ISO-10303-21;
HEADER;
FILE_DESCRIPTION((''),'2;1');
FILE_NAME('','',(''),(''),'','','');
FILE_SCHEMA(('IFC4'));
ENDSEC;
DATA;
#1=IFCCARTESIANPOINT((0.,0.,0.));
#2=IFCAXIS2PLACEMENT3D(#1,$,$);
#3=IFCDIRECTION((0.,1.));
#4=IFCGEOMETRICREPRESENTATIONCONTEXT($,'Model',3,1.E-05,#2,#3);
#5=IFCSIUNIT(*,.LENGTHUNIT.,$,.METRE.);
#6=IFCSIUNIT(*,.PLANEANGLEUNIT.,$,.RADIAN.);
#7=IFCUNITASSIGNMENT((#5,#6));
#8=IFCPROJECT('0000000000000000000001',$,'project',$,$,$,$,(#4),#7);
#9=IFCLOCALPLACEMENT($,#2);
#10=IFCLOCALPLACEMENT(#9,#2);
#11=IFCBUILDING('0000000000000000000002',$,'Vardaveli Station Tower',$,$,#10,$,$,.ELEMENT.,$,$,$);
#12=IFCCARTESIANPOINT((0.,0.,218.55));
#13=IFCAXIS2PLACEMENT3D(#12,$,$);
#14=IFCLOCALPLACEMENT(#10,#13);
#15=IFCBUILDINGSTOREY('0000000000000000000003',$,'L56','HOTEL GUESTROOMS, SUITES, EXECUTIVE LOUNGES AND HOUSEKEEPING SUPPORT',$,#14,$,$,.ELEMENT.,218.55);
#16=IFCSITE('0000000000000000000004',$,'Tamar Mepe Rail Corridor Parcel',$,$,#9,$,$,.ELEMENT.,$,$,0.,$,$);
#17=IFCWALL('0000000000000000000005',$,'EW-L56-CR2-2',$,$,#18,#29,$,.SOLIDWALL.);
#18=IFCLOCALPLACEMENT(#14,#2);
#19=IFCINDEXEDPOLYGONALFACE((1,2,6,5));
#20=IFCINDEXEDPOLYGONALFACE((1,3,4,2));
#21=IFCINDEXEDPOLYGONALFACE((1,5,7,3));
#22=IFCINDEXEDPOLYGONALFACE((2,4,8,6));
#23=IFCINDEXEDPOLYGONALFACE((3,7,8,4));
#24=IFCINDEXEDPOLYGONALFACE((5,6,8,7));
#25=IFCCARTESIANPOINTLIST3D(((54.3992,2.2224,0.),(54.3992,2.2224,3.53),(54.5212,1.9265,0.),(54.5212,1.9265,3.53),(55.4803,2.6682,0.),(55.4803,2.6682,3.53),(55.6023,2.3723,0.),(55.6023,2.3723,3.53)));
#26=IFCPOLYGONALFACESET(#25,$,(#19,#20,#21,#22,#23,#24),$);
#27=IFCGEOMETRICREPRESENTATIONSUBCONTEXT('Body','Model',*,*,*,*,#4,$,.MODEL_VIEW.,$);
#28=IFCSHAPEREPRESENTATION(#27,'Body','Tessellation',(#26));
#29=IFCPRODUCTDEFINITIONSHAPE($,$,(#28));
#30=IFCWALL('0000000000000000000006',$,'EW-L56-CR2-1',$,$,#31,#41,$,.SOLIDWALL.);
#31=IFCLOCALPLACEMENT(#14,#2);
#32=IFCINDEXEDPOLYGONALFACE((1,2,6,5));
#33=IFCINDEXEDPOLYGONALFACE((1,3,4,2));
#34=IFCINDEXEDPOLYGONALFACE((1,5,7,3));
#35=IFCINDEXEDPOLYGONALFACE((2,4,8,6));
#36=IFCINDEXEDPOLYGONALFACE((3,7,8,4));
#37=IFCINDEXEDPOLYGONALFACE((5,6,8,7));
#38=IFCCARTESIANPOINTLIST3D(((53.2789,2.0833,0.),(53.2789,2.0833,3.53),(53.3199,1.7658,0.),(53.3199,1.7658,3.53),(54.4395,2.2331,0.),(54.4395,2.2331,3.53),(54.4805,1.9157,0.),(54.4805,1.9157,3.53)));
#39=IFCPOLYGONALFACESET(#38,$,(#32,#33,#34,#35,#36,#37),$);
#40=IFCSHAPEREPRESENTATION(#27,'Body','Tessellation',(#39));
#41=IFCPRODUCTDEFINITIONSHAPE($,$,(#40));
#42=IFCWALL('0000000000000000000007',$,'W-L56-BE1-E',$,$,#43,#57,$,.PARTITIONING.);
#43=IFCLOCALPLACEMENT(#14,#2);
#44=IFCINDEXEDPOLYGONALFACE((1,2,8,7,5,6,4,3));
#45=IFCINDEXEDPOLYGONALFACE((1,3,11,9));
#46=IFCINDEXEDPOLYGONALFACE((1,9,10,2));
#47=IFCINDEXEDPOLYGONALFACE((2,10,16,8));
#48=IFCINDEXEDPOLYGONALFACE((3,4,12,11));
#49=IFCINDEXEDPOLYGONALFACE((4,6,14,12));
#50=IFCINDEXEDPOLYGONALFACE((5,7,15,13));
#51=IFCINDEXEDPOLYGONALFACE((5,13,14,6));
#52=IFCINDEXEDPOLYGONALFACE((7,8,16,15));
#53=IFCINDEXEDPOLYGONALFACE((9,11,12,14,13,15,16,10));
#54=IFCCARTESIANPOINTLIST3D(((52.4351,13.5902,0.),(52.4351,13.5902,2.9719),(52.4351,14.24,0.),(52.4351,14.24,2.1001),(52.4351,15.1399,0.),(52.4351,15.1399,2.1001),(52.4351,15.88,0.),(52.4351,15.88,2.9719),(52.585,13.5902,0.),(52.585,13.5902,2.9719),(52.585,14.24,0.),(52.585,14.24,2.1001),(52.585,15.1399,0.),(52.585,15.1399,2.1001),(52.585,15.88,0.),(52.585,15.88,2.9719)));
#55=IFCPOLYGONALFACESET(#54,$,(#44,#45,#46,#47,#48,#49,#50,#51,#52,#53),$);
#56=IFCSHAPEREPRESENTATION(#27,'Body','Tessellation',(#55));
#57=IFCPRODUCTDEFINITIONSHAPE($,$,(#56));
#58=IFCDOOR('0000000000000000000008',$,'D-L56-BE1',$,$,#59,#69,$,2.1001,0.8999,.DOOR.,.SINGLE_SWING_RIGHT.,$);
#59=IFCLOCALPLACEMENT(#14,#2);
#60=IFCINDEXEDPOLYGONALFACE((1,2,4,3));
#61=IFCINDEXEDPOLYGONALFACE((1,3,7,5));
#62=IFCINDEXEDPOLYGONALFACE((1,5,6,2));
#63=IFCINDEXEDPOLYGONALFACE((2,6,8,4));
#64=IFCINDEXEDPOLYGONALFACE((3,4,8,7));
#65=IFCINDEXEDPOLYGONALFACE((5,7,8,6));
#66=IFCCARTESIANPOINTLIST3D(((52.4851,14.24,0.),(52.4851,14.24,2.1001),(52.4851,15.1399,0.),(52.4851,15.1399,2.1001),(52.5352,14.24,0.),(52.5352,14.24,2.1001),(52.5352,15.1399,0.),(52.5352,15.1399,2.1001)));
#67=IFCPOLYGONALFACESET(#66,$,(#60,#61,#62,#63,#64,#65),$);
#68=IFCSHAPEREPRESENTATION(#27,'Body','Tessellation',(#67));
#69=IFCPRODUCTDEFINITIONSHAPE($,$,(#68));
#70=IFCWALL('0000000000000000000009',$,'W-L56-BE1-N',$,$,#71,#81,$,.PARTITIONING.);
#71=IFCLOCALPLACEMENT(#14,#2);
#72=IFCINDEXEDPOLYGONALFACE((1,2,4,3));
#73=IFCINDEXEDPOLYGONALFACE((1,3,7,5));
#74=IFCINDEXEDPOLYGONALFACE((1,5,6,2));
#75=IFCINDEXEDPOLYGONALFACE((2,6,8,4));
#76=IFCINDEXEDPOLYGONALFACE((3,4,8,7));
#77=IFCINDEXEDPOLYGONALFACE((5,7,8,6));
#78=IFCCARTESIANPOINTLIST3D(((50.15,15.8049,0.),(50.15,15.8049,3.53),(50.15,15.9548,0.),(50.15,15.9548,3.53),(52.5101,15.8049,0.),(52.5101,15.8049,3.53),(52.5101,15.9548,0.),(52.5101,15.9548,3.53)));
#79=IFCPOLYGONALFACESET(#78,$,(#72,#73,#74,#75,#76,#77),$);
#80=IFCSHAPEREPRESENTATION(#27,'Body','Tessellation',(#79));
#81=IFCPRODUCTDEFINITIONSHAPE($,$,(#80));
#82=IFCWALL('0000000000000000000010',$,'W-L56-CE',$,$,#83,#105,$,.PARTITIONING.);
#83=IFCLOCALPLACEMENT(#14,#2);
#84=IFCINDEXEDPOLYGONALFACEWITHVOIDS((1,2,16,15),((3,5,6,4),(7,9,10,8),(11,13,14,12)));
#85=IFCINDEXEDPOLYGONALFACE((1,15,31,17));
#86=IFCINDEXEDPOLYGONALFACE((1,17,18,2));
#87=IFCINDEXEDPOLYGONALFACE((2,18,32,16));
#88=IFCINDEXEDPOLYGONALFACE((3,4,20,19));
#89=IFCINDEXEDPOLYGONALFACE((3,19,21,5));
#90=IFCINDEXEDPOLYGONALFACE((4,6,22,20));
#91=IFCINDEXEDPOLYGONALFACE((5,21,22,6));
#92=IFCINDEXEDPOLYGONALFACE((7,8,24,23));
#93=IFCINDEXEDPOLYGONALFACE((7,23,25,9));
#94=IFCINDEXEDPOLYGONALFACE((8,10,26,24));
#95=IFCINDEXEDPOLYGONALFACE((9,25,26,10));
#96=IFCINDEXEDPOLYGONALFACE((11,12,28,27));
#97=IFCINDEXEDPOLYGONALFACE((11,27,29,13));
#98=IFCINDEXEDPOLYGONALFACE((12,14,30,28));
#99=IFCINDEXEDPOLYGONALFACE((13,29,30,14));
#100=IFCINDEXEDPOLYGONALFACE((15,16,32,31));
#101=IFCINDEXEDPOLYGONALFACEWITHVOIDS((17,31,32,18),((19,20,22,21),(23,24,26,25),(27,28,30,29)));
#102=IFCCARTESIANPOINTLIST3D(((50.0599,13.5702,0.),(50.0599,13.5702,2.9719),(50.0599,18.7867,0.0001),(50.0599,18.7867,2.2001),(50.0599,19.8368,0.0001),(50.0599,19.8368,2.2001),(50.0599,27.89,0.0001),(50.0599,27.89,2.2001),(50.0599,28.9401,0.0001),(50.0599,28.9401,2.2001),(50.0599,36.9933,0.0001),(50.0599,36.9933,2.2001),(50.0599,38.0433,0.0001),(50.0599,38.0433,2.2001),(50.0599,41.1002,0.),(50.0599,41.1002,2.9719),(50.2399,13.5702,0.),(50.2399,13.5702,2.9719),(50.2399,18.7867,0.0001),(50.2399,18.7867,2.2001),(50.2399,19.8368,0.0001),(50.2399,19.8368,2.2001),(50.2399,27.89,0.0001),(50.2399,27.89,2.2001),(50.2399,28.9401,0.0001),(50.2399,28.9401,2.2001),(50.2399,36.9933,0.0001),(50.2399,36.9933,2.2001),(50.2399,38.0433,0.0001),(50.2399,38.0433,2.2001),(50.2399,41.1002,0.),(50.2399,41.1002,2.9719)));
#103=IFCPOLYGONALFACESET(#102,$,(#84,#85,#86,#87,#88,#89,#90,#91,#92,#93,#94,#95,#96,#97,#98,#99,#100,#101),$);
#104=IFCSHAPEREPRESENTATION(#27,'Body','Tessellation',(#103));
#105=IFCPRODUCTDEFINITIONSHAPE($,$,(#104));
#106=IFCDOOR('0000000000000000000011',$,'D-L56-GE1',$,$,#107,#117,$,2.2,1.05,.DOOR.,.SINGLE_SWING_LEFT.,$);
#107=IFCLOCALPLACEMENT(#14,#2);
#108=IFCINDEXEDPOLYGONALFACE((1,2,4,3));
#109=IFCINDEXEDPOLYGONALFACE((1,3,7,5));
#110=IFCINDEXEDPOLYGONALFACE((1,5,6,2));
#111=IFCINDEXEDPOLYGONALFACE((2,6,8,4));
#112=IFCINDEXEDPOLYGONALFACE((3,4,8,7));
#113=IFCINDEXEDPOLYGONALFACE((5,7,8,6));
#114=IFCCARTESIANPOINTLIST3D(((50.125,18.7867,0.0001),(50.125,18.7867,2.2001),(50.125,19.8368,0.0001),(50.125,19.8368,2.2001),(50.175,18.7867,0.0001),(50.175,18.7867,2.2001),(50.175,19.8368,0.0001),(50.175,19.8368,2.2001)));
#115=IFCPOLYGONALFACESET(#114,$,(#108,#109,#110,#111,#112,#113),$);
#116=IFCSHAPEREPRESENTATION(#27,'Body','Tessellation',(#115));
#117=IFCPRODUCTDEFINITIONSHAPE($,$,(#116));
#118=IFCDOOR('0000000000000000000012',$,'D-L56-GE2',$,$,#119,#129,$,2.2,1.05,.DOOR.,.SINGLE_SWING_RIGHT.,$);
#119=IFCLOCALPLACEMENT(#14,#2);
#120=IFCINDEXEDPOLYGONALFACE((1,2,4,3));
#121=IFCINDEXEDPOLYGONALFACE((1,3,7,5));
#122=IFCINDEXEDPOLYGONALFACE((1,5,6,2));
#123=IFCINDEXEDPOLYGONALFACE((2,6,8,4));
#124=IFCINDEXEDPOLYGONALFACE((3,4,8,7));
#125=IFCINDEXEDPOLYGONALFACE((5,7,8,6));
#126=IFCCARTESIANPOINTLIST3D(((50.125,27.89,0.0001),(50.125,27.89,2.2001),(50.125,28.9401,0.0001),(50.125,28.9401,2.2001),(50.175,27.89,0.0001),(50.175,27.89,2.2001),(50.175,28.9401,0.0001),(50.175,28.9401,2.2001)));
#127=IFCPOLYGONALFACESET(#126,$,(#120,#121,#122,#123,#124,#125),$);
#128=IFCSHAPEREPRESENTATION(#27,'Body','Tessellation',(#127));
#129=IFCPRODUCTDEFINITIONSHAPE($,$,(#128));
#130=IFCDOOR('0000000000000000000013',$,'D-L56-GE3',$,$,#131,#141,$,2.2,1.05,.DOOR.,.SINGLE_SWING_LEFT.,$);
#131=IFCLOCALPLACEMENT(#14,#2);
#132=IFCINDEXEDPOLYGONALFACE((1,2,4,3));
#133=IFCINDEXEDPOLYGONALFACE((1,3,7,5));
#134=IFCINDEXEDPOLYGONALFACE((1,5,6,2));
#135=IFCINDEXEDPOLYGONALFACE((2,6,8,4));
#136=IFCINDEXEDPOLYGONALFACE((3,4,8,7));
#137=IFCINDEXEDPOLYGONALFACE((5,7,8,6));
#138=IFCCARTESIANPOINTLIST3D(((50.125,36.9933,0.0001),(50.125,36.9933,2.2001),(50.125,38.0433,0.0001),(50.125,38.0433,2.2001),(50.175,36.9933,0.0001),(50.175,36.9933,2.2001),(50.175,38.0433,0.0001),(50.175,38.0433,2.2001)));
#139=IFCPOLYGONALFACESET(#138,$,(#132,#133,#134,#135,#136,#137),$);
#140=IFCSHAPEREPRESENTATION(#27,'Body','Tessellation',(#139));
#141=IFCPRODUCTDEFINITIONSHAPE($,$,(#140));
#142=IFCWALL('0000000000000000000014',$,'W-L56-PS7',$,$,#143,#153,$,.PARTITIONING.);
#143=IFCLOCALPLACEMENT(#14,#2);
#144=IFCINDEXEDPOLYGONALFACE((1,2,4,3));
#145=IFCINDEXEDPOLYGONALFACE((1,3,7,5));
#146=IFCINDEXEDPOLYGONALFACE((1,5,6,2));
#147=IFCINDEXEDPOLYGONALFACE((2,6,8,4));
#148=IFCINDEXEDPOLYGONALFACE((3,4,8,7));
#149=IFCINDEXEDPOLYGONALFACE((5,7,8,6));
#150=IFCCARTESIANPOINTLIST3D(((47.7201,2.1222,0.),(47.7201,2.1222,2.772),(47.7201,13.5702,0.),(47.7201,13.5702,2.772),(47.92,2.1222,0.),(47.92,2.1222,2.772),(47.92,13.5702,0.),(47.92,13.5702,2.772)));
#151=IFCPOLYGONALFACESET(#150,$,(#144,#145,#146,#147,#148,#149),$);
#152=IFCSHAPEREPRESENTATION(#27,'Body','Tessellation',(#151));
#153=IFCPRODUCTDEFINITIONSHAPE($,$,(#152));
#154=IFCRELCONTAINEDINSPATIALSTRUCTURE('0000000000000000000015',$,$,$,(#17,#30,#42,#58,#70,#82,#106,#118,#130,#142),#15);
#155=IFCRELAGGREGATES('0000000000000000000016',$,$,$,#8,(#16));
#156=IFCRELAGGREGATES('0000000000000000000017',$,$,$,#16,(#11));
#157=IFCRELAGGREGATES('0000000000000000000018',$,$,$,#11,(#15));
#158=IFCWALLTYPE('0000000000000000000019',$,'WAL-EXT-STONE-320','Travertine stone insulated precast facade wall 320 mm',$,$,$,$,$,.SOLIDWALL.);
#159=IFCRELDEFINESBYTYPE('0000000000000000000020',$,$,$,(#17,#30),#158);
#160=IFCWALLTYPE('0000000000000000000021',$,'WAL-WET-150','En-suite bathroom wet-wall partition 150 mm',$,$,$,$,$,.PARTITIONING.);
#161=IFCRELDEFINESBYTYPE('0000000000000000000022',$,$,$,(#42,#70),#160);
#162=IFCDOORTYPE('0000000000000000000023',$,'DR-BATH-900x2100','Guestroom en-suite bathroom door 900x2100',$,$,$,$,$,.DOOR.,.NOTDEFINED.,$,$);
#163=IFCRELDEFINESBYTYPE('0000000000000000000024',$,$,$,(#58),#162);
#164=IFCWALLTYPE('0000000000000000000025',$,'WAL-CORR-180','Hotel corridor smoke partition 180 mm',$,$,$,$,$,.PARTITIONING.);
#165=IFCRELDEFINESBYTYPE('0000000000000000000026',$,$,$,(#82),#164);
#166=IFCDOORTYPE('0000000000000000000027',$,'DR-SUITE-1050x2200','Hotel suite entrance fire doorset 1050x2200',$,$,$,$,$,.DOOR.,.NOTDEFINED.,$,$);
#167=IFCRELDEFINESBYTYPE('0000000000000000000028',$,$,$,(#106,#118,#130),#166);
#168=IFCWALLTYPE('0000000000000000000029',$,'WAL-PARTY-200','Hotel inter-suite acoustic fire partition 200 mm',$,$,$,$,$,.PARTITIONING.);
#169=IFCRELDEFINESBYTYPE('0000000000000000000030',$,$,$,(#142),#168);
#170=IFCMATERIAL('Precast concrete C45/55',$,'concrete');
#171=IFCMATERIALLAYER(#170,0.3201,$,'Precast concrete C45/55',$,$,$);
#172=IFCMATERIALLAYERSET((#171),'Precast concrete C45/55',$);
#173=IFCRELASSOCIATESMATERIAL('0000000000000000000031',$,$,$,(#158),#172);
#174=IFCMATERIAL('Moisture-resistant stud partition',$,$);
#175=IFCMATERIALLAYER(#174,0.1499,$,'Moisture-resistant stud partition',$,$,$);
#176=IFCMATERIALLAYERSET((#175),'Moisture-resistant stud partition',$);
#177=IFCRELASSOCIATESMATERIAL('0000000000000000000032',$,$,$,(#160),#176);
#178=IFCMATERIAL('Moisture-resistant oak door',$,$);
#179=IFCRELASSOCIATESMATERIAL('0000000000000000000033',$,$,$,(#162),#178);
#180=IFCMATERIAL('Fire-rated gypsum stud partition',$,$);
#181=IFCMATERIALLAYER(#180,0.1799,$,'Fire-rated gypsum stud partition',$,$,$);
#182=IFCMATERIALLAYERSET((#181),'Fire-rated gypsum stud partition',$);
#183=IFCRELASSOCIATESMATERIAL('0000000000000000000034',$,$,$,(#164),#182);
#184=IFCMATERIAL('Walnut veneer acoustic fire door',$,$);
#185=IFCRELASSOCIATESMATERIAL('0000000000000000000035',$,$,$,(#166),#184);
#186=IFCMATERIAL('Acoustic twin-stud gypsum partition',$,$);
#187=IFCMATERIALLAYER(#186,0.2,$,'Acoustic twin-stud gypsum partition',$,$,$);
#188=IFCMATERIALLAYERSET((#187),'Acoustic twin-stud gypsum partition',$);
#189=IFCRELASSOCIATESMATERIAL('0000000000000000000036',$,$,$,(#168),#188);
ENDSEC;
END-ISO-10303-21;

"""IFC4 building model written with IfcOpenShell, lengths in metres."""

from ifc_helpers import new_model, si_unit, direction, frame, frame_2d, origin, place, context, subcontext, project, spatial, rectangle, extrude, source, transform, mapped, material, layer, layer_set, type_object, element, fill, save


model = new_model("IFC4")

# Units and contexts
model_context = context("Model", 3, precision=1e-05, world=origin(), true_north=direction((0.0, 1.0)))
body_context = subcontext(model_context, "Body", "Model", "MODEL_VIEW")
ifc_project = project(units=[si_unit("LENGTHUNIT", "METRE"), si_unit("PLANEANGLEUNIT", "RADIAN")], contexts=[model_context])

# Site, building, storey
site_placement = place(None, origin())
site = spatial("IfcSite", under=ifc_project, at=site_placement, Name="Tamar Mepe Rail Corridor Parcel", CompositionType="ELEMENT", RefElevation=0.0)
building_placement = place(site_placement, origin())
building = spatial("IfcBuilding", under=site, at=building_placement, Name="Vardaveli Station Tower", CompositionType="ELEMENT")
storey_placement = place(building_placement, frame((0.0, 0.0, 218.55)))
storey = spatial("IfcBuildingStorey", under=building, at=storey_placement, Name="L56", Description="HOTEL GUESTROOMS, SUITES, EXECUTIVE LOUNGES AND HOUSEKEEPING SUPPORT", CompositionType="ELEMENT", Elevation=218.55)

# Shared definitions
ifc_material_1 = material(Name="Precast concrete C45/55", Category="concrete")

# Shared definitions
ifc_layer_1 = layer(ifc_material_1, 0.3201, Name="Precast concrete C45/55")
ifc_layer_set_1 = layer_set([ifc_layer_1], Name="Precast concrete C45/55")
wall_type_1 = type_object("IfcWallType", Name="WAL-EXT-STONE-320", Description="Travertine stone insulated precast facade wall 320 mm", PredefinedType="SOLIDWALL", material=ifc_layer_set_1)

# Walls
shared_shape_1 = source(origin(), body_context, "Body", "SweptSolid", [
    extrude(rectangle(XDim=1.1694, YDim=0.3201, at=frame_2d((0.5847, 0.0))), origin(), (0.0, 0.0, 1.0), 3.53),
])
wall_1_placement = place(storey_placement, frame((54.4602, 2.0745, 0.0), z_axis=(0.0, 0.0, 1.0), x_axis=(0.924479, 0.381233, 0.0)))
element("IfcWall", 1, at=wall_1_placement, inside=storey, type_object=wall_type_1, Name="EW-L56-CR2-2", PredefinedType="SOLIDWALL", context=body_context, shape_type="MappedRepresentation", body=[
    mapped(shared_shape_1, transform((0.0, 0.0, 0.0), scale=1.0)),
])
shared_shape_2 = source(origin(), body_context, "Body", "SweptSolid", [
    extrude(rectangle(XDim=1.1702, YDim=0.3201, at=frame_2d((0.585, 0.0))), origin(), (0.0, 0.0, 1.0), 3.53),
])
wall_2_placement = place(storey_placement, frame((53.2996, 1.9246, 0.0), z_axis=(0.0, 0.0, 1.0), x_axis=(0.991762, 0.12809, 0.0)))
element("IfcWall", 2, at=wall_2_placement, inside=storey, type_object=wall_type_1, Name="EW-L56-CR2-1", PredefinedType="SOLIDWALL", context=body_context, shape_type="MappedRepresentation", body=[
    mapped(shared_shape_2, transform((0.0, 0.0, 0.0), scale=1.0)),
])

# Wall, opening, door
ifc_material_2 = material(Name="Moisture-resistant stud partition")
ifc_layer_2 = layer(ifc_material_2, 0.1499, Name="Moisture-resistant stud partition")
ifc_layer_set_2 = layer_set([ifc_layer_2], Name="Moisture-resistant stud partition")
wall_type_2 = type_object("IfcWallType", Name="WAL-WET-150", Description="En-suite bathroom wet-wall partition 150 mm", PredefinedType="PARTITIONING", material=ifc_layer_set_2)
shared_shape_3 = source(origin(), body_context, "Body", "SweptSolid", [
    extrude(rectangle(XDim=2.2898, YDim=0.1499, at=frame_2d((1.145, 0.0))), origin(), (0.0, 0.0, 1.0), 2.9719),
])
wall_3_placement = place(storey_placement, frame((52.51, 13.5901, 0.0), z_axis=(0.0, 0.0, 1.0), x_axis=(0.0, 1.0, 0.0)))
wall_3 = element("IfcWall", 3, at=wall_3_placement, inside=storey, type_object=wall_type_2, Name="W-L56-BE1-E", PredefinedType="PARTITIONING", context=body_context, shape_type="MappedRepresentation", body=[
    mapped(shared_shape_3, transform((0.0, 0.0, 0.0), scale=1.0)),
])
shared_shape_4 = source(origin(), body_context, "Body", "SweptSolid", [
    extrude(rectangle(XDim=0.8999, YDim=2.1001, at=frame_2d((0.45, 1.05))), frame((0.0, 0.085, 0.0), z_axis=(0.0, -1.0, 0.0), x_axis=(1.0, 0.0, 0.0)), (0.0, 0.0, 1.0), 0.1699),
])
opening_1_placement = place(wall_3_placement, frame((0.6499, 0.0, 0.0)))
opening_1 = element("IfcOpeningElement", 4, at=opening_1_placement, cuts=wall_3, PredefinedType="OPENING", context=body_context, shape_type="MappedRepresentation", body=[
    mapped(shared_shape_4, transform((0.0, 0.0, 0.0), scale=1.0)),
])
ifc_material_3 = material(Name="Moisture-resistant oak door")
door_type_1 = type_object("IfcDoorType", Name="DR-BATH-900x2100", Description="Guestroom en-suite bathroom door 900x2100", OperationType="NOTDEFINED", PredefinedType="DOOR", material=ifc_material_3)
shared_shape_5 = source(origin(), body_context, "Body", "SweptSolid", [
    extrude(rectangle(XDim=0.8999, YDim=2.1001, at=frame_2d((0.45, 1.05))), frame((0.0, 0.0249, 0.0), z_axis=(0.0, -1.0, 0.0), x_axis=(1.0, 0.0, 0.0)), (0.0, 0.0, 1.0), 0.05),
])
door_1_placement = place(opening_1_placement, origin())
door_1 = element("IfcDoor", 5, at=door_1_placement, inside=storey, type_object=door_type_1, Name="D-L56-BE1", OperationType="SINGLE_SWING_RIGHT", OverallHeight=2.1001, OverallWidth=0.8999, PredefinedType="DOOR", context=body_context, shape_type="MappedRepresentation", body=[
    mapped(shared_shape_5, transform((0.0, 0.0, 0.0), scale=1.0)),
])
fill(opening_1, door_1)

# Wall
shared_shape_6 = source(origin(), body_context, "Body", "SweptSolid", [
    extrude(rectangle(XDim=2.3601, YDim=0.1499, at=frame_2d((1.1802, 0.0))), origin(), (0.0, 0.0, 1.0), 3.53),
])
wall_4_placement = place(storey_placement, frame((50.1499, 15.8799, 0.0), z_axis=(0.0, 0.0, 1.0), x_axis=(1.0, 0.0, 0.0)))
element("IfcWall", 6, at=wall_4_placement, inside=storey, type_object=wall_type_2, Name="W-L56-BE1-N", PredefinedType="PARTITIONING", context=body_context, shape_type="MappedRepresentation", body=[
    mapped(shared_shape_6, transform((0.0, 0.0, 0.0), scale=1.0)),
])

# Wall, openings, doors
ifc_material_4 = material(Name="Fire-rated gypsum stud partition")
ifc_layer_3 = layer(ifc_material_4, 0.1799, Name="Fire-rated gypsum stud partition")
ifc_layer_set_3 = layer_set([ifc_layer_3], Name="Fire-rated gypsum stud partition")
wall_type_3 = type_object("IfcWallType", Name="WAL-CORR-180", Description="Hotel corridor smoke partition 180 mm", PredefinedType="PARTITIONING", material=ifc_layer_set_3)
shared_shape_7 = source(origin(), body_context, "Body", "SweptSolid", [
    extrude(rectangle(XDim=27.53, YDim=0.1799, at=frame_2d((13.7651, 0.0))), origin(), (0.0, 0.0, 1.0), 2.9719),
])
wall_5_placement = place(storey_placement, frame((50.1499, 13.5701, 0.0), z_axis=(0.0, 0.0, 1.0), x_axis=(0.0, 1.0, 0.0)))
wall_5 = element("IfcWall", 7, at=wall_5_placement, inside=storey, type_object=wall_type_3, Name="W-L56-CE", PredefinedType="PARTITIONING", context=body_context, shape_type="MappedRepresentation", body=[
    mapped(shared_shape_7, transform((0.0, 0.0, 0.0), scale=1.0)),
])
shared_shape_8 = source(origin(), body_context, "Body", "SweptSolid", [
    extrude(rectangle(XDim=1.05, YDim=2.2, at=frame_2d((0.5249, 1.1001))), frame((0.0, 0.1001, 0.0), z_axis=(0.0, -1.0, 0.0), x_axis=(1.0, 0.0, 0.0)), (0.0, 0.0, 1.0), 0.2),
])
opening_2_placement = place(wall_5_placement, frame((5.2168, 0.0, 0.0)))
opening_2 = element("IfcOpeningElement", 8, at=opening_2_placement, cuts=wall_5, PredefinedType="OPENING", context=body_context, shape_type="MappedRepresentation", body=[
    mapped(shared_shape_8, transform((0.0, 0.0, 0.0), scale=1.0)),
])
opening_3_placement = place(wall_5_placement, frame((14.3201, 0.0, 0.0)))
opening_3 = element("IfcOpeningElement", 9, at=opening_3_placement, cuts=wall_5, PredefinedType="OPENING", context=body_context, shape_type="MappedRepresentation", body=[
    mapped(shared_shape_8, transform((0.0, 0.0, 0.0), scale=1.0)),
])
opening_4_placement = place(wall_5_placement, frame((23.4233, 0.0, 0.0)))
opening_4 = element("IfcOpeningElement", 10, at=opening_4_placement, cuts=wall_5, PredefinedType="OPENING", context=body_context, shape_type="MappedRepresentation", body=[
    mapped(shared_shape_8, transform((0.0, 0.0, 0.0), scale=1.0)),
])
ifc_material_5 = material(Name="Walnut veneer acoustic fire door")
door_type_2 = type_object("IfcDoorType", Name="DR-SUITE-1050x2200", Description="Hotel suite entrance fire doorset 1050x2200", OperationType="NOTDEFINED", PredefinedType="DOOR", material=ifc_material_5)
shared_shape_9 = source(origin(), body_context, "Body", "SweptSolid", [
    extrude(rectangle(XDim=1.05, YDim=2.2, at=frame_2d((0.5249, 1.1001))), frame((0.0, 0.0249, 0.0), z_axis=(0.0, -1.0, 0.0), x_axis=(1.0, 0.0, 0.0)), (0.0, 0.0, 1.0), 0.05),
])
door_2_placement = place(opening_2_placement, origin())
door_2 = element("IfcDoor", 11, at=door_2_placement, inside=storey, type_object=door_type_2, Name="D-L56-GE1", OperationType="SINGLE_SWING_LEFT", OverallHeight=2.2, OverallWidth=1.05, PredefinedType="DOOR", context=body_context, shape_type="MappedRepresentation", body=[
    mapped(shared_shape_9, transform((0.0, 0.0, 0.0), scale=1.0)),
])
fill(opening_2, door_2)
door_3_placement = place(opening_3_placement, origin())
door_3 = element("IfcDoor", 12, at=door_3_placement, inside=storey, type_object=door_type_2, Name="D-L56-GE2", OperationType="SINGLE_SWING_RIGHT", OverallHeight=2.2, OverallWidth=1.05, PredefinedType="DOOR", context=body_context, shape_type="MappedRepresentation", body=[
    mapped(shared_shape_9, transform((0.0, 0.0, 0.0), scale=1.0)),
])
fill(opening_3, door_3)
door_4_placement = place(opening_4_placement, origin())
door_4 = element("IfcDoor", 13, at=door_4_placement, inside=storey, type_object=door_type_2, Name="D-L56-GE3", OperationType="SINGLE_SWING_LEFT", OverallHeight=2.2, OverallWidth=1.05, PredefinedType="DOOR", context=body_context, shape_type="MappedRepresentation", body=[
    mapped(shared_shape_9, transform((0.0, 0.0, 0.0), scale=1.0)),
])
fill(opening_4, door_4)

# Wall
ifc_material_6 = material(Name="Acoustic twin-stud gypsum partition")
ifc_layer_4 = layer(ifc_material_6, 0.2, Name="Acoustic twin-stud gypsum partition")
ifc_layer_set_4 = layer_set([ifc_layer_4], Name="Acoustic twin-stud gypsum partition")
wall_type_4 = type_object("IfcWallType", Name="WAL-PARTY-200", Description="Hotel inter-suite acoustic fire partition 200 mm", PredefinedType="PARTITIONING", material=ifc_layer_set_4)
shared_shape_10 = source(origin(), body_context, "Body", "SweptSolid", [
    extrude(rectangle(XDim=11.448, YDim=0.2, at=frame_2d((5.7241, 0.0))), origin(), (0.0, 0.0, 1.0), 2.772),
])
wall_6_placement = place(storey_placement, frame((47.8201, 2.1221, 0.0), z_axis=(0.0, 0.0, 1.0), x_axis=(0.0, 1.0, 0.0)))
element("IfcWall", 14, at=wall_6_placement, inside=storey, type_object=wall_type_4, Name="W-L56-PS7", PredefinedType="PARTITIONING", context=body_context, shape_type="MappedRepresentation", body=[
    mapped(shared_shape_10, transform((0.0, 0.0, 0.0), scale=1.0)),
])

save(model, "model.ifc")
